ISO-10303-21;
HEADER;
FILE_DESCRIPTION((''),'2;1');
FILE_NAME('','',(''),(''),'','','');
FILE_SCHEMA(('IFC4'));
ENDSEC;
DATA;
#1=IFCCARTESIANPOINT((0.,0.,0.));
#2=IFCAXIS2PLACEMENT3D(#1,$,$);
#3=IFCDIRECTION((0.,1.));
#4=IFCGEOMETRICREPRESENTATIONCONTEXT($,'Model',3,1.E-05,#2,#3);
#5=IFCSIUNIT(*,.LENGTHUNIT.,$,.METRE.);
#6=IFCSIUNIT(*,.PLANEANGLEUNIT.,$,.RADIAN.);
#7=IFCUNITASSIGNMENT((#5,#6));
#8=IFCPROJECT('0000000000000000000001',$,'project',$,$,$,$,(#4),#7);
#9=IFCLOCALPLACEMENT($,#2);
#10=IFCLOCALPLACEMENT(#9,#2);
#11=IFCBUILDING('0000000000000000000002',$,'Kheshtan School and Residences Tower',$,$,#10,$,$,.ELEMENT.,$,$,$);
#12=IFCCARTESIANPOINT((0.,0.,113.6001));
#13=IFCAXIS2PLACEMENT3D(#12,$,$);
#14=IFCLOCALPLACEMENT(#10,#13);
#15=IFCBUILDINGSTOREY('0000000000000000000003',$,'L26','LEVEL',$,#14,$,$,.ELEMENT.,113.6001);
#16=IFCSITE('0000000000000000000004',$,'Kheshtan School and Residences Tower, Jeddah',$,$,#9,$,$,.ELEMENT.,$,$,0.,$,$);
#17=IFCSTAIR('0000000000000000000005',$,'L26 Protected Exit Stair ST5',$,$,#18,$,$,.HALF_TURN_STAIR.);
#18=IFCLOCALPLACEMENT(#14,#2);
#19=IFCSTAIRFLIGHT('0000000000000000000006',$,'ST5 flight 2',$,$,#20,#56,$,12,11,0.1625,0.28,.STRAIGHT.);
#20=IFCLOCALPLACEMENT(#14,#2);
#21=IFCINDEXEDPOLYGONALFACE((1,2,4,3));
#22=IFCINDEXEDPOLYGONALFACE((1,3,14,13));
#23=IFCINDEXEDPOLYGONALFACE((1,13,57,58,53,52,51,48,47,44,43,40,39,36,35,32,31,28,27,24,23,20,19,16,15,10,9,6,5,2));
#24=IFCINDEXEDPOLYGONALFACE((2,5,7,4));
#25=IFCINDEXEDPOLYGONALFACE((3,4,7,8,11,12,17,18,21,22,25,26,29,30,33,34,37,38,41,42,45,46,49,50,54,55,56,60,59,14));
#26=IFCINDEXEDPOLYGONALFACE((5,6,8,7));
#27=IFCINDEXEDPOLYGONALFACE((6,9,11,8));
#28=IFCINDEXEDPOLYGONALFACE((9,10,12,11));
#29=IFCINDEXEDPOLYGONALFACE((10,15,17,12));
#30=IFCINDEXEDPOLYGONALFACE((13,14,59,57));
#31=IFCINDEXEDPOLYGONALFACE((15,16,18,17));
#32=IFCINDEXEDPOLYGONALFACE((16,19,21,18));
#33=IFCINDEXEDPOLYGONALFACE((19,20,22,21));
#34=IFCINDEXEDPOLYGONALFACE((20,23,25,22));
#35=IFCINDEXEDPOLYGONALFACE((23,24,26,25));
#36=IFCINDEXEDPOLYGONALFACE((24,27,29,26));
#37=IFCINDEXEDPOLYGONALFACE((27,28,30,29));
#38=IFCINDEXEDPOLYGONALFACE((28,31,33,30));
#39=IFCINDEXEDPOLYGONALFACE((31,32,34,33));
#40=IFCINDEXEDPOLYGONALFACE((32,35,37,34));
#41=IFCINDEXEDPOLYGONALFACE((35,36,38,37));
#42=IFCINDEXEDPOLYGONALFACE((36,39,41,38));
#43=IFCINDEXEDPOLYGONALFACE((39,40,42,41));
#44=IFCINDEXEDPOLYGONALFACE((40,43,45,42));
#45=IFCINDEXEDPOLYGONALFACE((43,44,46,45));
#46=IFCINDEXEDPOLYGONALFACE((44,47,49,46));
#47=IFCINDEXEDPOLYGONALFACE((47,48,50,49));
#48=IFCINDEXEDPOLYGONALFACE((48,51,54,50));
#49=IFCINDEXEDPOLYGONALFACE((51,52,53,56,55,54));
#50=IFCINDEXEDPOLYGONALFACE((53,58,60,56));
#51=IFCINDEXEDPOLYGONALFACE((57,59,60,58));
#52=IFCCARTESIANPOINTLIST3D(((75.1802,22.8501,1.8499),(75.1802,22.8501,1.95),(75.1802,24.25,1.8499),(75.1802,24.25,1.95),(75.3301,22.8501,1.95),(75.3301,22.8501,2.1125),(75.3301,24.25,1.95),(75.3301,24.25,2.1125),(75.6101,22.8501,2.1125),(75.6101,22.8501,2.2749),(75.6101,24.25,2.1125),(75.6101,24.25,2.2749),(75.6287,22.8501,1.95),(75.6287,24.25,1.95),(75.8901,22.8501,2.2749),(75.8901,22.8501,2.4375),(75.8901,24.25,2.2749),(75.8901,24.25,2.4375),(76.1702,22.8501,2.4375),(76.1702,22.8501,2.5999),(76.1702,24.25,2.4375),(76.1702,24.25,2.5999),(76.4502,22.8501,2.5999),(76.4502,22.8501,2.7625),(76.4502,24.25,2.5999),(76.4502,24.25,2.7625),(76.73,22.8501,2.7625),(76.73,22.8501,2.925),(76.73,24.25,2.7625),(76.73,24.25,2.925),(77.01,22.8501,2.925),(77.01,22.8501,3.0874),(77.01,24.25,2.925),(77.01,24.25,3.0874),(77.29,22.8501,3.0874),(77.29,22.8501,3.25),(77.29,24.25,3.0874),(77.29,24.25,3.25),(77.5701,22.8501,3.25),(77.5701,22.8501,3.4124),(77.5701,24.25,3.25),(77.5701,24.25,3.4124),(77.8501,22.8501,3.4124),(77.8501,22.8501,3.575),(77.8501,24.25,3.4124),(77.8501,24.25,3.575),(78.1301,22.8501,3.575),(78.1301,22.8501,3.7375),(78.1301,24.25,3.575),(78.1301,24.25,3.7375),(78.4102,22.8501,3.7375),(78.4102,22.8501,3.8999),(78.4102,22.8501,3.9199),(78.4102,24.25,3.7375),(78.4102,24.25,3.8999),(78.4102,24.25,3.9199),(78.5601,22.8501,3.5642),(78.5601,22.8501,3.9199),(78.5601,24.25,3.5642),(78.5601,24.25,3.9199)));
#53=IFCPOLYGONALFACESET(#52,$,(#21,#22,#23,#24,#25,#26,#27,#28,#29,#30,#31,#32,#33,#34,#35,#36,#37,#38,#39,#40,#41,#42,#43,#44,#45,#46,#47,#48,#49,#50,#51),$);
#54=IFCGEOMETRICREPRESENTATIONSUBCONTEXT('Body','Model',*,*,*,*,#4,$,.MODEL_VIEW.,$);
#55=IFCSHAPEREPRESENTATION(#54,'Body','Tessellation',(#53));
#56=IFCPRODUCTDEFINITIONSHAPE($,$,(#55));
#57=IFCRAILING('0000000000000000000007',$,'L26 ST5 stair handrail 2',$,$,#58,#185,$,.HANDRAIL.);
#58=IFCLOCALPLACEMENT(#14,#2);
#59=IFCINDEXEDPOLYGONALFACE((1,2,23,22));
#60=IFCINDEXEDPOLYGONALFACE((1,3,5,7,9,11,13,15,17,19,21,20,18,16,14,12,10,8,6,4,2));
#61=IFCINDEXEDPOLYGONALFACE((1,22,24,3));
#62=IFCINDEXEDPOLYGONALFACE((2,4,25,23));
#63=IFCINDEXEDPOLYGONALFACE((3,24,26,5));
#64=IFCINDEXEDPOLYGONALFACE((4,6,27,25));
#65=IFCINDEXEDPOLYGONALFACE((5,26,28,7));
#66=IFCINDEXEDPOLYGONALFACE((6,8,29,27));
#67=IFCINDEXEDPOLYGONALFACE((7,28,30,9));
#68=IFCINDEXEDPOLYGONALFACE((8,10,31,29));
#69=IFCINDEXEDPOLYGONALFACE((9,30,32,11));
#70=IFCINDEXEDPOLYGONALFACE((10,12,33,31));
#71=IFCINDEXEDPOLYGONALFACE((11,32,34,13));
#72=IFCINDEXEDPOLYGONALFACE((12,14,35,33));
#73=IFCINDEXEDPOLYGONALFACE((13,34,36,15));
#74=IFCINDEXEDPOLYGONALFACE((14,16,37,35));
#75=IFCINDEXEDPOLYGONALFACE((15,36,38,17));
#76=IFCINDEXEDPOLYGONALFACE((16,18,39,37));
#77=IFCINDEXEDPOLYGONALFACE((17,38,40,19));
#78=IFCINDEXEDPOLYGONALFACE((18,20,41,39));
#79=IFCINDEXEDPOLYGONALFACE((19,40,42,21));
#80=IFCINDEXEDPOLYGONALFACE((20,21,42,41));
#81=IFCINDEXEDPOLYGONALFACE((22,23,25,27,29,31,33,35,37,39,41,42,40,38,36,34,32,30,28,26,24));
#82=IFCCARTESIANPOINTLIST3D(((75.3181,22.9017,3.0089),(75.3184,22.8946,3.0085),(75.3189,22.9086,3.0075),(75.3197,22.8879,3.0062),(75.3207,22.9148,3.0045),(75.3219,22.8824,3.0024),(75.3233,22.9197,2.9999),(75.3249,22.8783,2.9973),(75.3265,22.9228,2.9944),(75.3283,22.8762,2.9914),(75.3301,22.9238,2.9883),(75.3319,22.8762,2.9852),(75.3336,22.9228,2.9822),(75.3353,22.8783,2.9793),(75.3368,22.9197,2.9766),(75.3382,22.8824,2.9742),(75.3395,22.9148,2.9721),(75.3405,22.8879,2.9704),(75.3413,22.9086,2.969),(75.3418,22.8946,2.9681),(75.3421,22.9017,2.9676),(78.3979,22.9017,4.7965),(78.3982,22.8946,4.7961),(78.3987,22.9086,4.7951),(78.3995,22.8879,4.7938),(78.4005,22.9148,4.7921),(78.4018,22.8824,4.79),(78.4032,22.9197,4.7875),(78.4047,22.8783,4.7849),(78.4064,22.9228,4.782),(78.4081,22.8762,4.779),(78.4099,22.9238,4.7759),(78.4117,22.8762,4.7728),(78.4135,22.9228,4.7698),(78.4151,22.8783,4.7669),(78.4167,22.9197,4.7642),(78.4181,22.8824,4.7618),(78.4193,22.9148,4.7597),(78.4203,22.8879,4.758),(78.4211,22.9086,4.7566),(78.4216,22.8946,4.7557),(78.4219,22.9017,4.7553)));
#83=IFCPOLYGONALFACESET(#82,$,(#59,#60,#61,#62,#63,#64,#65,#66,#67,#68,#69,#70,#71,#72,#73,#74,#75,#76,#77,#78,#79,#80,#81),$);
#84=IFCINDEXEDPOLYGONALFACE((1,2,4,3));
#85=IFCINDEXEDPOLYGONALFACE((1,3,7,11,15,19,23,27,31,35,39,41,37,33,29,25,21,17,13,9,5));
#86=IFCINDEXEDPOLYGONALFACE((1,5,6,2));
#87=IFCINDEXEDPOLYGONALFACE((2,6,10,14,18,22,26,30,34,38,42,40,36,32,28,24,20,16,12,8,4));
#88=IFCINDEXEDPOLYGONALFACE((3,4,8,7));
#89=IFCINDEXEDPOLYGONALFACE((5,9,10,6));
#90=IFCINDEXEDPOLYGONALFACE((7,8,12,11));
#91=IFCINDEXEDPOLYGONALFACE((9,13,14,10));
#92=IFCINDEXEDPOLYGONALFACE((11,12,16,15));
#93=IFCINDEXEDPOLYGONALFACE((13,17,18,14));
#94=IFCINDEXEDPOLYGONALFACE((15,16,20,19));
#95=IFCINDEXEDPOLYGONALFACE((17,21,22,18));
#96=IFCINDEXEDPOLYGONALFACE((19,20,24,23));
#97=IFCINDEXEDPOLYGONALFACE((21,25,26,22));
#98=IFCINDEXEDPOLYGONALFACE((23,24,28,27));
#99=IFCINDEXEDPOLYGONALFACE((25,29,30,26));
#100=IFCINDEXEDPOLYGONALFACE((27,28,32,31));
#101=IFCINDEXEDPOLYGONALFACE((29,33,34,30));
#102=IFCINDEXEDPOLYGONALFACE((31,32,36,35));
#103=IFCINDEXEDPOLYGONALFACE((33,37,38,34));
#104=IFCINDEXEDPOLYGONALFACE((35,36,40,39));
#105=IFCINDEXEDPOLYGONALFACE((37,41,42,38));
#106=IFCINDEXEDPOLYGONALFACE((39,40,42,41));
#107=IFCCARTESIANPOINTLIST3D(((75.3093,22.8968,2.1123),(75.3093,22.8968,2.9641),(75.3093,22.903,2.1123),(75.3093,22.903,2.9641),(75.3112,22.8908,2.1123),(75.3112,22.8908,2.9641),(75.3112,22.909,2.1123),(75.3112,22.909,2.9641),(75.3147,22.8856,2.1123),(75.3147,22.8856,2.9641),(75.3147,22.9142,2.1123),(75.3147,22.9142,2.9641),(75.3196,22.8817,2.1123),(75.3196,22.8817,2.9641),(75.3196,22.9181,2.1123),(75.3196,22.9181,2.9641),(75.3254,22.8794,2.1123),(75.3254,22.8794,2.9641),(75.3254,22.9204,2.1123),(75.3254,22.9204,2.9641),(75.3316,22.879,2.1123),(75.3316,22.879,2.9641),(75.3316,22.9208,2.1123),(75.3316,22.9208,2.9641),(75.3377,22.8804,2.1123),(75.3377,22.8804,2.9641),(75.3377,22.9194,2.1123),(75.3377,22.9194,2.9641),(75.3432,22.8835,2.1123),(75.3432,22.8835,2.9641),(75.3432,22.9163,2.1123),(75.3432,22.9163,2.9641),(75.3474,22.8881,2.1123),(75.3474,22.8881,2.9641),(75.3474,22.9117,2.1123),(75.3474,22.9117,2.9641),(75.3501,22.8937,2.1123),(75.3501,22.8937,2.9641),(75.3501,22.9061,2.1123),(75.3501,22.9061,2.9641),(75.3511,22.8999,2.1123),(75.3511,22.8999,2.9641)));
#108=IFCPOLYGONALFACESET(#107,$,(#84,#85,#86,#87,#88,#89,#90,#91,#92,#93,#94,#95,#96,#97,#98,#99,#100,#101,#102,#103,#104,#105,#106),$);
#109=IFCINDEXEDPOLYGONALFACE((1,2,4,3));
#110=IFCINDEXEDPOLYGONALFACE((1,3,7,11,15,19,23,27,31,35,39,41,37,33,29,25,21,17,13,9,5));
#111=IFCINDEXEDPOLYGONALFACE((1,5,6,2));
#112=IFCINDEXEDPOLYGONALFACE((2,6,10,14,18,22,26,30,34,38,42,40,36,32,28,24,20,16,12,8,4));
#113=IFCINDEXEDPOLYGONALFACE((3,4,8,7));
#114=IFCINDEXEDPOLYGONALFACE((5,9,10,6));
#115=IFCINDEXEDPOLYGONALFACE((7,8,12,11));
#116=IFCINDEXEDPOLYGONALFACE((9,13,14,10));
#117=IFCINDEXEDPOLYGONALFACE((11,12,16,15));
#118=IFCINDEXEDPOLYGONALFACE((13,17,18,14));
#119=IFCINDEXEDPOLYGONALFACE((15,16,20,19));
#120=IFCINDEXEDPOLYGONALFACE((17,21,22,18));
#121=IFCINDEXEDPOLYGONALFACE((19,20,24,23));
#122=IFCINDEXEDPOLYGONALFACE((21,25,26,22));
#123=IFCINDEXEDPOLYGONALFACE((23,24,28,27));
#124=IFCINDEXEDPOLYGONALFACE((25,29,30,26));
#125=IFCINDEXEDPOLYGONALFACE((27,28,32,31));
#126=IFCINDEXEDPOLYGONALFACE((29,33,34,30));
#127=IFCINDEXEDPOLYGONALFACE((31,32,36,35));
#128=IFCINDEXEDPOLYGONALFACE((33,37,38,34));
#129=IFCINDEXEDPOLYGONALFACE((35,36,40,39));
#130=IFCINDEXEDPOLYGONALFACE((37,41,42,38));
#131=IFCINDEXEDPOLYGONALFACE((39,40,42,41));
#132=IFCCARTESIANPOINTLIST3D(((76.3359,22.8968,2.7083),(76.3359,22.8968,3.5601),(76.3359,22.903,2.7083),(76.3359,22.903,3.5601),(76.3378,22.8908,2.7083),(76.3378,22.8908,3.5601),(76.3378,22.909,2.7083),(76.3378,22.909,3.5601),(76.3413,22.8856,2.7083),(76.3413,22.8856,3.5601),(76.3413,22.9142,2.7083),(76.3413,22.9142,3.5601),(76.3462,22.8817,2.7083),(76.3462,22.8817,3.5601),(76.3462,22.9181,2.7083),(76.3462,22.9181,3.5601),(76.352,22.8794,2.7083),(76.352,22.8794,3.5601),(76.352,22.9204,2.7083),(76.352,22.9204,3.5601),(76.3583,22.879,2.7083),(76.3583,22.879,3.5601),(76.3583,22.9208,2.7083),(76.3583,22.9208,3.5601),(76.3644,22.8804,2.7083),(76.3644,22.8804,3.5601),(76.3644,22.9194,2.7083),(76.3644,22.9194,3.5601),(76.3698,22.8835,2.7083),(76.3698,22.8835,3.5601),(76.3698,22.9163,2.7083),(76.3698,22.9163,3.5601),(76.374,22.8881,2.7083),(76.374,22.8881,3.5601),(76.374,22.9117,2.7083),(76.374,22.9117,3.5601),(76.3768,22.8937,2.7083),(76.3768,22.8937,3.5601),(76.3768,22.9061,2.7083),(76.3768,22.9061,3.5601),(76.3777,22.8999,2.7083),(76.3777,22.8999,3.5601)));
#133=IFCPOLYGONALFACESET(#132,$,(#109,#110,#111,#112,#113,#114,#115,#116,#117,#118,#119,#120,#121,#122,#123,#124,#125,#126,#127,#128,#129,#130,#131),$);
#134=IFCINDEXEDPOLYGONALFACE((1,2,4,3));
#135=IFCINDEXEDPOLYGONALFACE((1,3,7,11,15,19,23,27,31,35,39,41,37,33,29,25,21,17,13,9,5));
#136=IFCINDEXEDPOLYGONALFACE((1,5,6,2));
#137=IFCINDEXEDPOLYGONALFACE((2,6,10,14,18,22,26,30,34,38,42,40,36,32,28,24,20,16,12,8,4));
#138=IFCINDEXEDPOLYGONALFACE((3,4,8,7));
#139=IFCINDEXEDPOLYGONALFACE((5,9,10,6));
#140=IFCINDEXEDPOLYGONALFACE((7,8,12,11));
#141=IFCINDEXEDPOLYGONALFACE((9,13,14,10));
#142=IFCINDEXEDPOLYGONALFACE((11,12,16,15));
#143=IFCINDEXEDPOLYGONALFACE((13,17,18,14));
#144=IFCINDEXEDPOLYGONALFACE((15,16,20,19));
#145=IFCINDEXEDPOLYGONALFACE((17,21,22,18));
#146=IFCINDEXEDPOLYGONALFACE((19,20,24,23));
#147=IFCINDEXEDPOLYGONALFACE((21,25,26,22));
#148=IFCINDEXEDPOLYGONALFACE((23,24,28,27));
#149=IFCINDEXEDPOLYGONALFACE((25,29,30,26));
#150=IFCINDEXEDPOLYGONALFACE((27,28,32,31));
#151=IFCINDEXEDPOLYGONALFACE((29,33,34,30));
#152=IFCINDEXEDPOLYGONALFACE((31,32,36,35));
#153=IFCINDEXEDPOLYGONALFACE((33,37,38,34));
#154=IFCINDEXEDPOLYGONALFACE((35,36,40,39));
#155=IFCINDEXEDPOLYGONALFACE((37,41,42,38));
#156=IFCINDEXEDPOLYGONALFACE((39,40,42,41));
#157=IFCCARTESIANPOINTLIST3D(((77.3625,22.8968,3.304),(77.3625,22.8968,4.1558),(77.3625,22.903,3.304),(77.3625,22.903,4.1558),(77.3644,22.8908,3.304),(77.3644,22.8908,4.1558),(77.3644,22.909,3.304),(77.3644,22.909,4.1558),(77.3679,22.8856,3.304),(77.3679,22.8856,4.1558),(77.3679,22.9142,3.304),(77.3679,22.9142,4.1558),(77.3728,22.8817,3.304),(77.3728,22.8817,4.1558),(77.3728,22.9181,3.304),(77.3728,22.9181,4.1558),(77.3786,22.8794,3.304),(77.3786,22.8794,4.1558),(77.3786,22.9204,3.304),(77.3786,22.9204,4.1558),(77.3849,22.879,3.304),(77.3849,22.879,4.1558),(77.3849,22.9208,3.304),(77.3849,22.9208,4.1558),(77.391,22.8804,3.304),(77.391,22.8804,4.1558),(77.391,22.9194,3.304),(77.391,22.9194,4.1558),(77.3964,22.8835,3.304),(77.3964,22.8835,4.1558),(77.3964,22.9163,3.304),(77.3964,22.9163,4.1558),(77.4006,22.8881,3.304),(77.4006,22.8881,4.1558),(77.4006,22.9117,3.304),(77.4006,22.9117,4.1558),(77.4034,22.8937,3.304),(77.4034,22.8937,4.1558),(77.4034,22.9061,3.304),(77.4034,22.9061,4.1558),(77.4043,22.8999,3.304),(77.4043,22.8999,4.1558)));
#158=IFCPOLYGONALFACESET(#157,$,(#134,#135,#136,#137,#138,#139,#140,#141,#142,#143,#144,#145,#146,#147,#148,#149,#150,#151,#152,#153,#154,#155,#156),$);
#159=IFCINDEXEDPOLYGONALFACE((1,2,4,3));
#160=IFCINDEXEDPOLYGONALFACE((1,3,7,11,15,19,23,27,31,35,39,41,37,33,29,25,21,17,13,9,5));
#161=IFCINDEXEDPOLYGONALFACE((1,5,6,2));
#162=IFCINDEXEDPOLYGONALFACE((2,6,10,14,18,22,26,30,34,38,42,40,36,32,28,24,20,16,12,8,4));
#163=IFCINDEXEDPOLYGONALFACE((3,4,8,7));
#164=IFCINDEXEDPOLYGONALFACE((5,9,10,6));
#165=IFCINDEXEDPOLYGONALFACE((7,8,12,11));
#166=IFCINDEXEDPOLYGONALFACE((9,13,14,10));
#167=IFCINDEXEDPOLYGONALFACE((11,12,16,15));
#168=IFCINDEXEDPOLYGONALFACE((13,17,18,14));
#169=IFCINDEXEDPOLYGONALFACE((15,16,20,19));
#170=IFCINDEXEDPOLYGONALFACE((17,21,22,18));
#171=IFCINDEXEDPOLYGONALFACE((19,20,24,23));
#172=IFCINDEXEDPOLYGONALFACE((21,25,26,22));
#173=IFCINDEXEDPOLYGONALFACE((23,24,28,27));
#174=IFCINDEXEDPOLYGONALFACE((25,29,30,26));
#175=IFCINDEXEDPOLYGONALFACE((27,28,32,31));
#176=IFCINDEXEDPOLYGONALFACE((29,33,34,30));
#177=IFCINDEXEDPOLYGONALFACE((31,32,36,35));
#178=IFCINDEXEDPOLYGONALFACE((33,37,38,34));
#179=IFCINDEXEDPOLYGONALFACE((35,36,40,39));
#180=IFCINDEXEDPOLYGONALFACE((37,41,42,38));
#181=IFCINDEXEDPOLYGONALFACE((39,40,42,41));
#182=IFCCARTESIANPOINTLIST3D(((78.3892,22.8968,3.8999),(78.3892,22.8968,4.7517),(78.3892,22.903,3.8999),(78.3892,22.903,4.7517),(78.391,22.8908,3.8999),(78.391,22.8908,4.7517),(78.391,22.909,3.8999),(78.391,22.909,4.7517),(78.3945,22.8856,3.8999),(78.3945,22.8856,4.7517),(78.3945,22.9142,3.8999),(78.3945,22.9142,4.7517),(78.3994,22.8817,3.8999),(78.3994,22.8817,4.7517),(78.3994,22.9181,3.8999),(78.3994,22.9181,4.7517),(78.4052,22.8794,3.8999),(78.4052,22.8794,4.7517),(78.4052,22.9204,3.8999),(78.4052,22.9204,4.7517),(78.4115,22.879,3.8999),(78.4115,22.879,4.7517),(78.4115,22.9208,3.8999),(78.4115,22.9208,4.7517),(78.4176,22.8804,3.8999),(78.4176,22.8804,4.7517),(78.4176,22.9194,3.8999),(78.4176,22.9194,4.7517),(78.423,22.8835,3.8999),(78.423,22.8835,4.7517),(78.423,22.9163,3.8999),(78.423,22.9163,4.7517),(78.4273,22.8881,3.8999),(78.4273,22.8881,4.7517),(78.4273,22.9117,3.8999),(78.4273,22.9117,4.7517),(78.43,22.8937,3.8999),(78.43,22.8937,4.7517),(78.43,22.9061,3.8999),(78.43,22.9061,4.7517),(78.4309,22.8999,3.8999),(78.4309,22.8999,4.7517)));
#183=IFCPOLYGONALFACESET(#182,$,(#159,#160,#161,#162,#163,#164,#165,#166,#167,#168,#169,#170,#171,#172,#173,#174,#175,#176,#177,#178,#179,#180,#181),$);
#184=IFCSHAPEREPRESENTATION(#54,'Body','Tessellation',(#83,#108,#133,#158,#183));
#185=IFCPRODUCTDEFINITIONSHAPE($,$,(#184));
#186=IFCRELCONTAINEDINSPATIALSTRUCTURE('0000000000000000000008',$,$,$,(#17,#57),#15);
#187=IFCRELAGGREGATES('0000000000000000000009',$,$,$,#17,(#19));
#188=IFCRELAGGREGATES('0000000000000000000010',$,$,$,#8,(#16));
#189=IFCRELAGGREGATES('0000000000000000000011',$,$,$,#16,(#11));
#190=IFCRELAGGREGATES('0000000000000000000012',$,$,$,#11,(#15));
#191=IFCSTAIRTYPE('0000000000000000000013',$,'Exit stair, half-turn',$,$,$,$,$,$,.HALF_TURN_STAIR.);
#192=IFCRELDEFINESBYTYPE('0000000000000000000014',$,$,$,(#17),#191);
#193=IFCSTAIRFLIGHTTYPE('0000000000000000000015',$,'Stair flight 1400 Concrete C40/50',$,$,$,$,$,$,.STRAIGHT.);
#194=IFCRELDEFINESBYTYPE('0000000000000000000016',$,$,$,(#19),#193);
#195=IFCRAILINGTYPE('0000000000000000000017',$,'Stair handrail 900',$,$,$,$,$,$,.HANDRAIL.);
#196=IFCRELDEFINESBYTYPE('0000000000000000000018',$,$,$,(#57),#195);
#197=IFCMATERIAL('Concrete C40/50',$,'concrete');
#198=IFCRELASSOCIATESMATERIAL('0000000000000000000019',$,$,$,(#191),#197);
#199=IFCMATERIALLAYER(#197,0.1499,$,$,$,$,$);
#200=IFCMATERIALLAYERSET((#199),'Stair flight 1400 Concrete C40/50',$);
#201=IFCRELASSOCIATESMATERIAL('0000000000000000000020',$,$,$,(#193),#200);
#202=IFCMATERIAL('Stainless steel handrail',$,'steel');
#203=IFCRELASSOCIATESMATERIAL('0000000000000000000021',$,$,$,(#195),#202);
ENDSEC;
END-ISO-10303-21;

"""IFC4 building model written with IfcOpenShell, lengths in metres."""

from ifc_helpers import new_model, si_unit, direction, frame, origin, origin_2d, place, context, subcontext, project, spatial, polyline, circle, outline, extrude, material, layer, layer_set, type_object, element, aggregate, save


model = new_model("IFC4")

# Units and contexts
model_context = context("Model", 3, precision=1e-05, world=origin(), true_north=direction((0.0, 1.0)))
body_context = subcontext(model_context, "Body", "Model", "MODEL_VIEW")
ifc_project = project(units=[si_unit("LENGTHUNIT", "METRE"), si_unit("PLANEANGLEUNIT", "RADIAN")], contexts=[model_context])

# Site, building, storey
site_placement = place(None, origin())
site = spatial("IfcSite", under=ifc_project, at=site_placement, Name="Kheshtan School and Residences Tower, Jeddah", CompositionType="ELEMENT", RefElevation=0.0)
building_placement = place(site_placement, origin())
building = spatial("IfcBuilding", under=site, at=building_placement, Name="Kheshtan School and Residences Tower", CompositionType="ELEMENT")
storey_placement = place(building_placement, frame((0.0, 0.0, 113.6001)))
storey = spatial("IfcBuildingStorey", under=building, at=storey_placement, Name="L26", Description="LEVEL", CompositionType="ELEMENT", Elevation=113.6001)

# Shared definitions
ifc_material_1 = material(Name="Concrete C40/50", Category="concrete")

# Stair, stair flight
stair_type = type_object("IfcStairType", Name="Exit stair, half-turn", PredefinedType="HALF_TURN_STAIR", material=ifc_material_1)
stair_placement = place(storey_placement, origin())
stair = element("IfcStair", 1, at=stair_placement, inside=storey, type_object=stair_type, Name="L26 Protected Exit Stair ST5", PredefinedType="HALF_TURN_STAIR")
ifc_layer_1 = layer(ifc_material_1, 0.1499)
ifc_layer_set_1 = layer_set([ifc_layer_1], Name="Stair flight 1400 Concrete C40/50")
stair_flight_type = type_object("IfcStairFlightType", Name="Stair flight 1400 Concrete C40/50", PredefinedType="STRAIGHT", material=ifc_layer_set_1)
stair_flight_placement = place(storey_placement, frame((75.3301, 23.55, 1.95), z_axis=(0.0, 0.0, 1.0), x_axis=(1.0, 0.0, 0.0)))
stair_flight = element("IfcStairFlight", 2, at=stair_flight_placement, type_object=stair_flight_type, Name="ST5 flight 2", NumberOfRisers=12, NumberOfTreads=11, PredefinedType="STRAIGHT", RiserHeight=0.1625, TreadLength=0.28, context=body_context, shape_type="SweptSolid", body=[
    extrude(outline(polyline([(-0.1499, -0.1001), (-0.1499, 0.0), (0.0, 0.0), (0.0, 0.1626), (0.28, 0.1626), (0.28, 0.325), (0.5601, 0.325), (0.5601, 0.4875), (0.8401, 0.4875), (0.8401, 0.6499), (1.1201, 0.6499), (1.1201, 0.8125), (1.3999, 0.8125), (1.3999, 0.9751), (1.6799, 0.9751), (1.6799, 1.1375), (1.96, 1.1375), (1.96, 1.3), (2.24, 1.3), (2.24, 1.4624), (2.52, 1.4624), (2.52, 1.625), (2.8, 1.625), (2.8, 1.7876), (3.0801, 1.7876), (3.0801, 1.95), (3.0801, 1.97), (3.23, 1.97), (3.23, 1.6143), (0.2986, 0.0), (-0.1499, -0.1001)])), frame((0.0, 0.7, 0.0), z_axis=(0.0, -1.0, 0.0), x_axis=(1.0, 0.0, 0.0)), (0.0, 0.0, 1.0), 1.3999),
])
aggregate(stair, [stair_flight])

# Railing
ifc_material_2 = material(Name="Stainless steel handrail", Category="steel")
railing_type = type_object("IfcRailingType", Name="Stair handrail 900", PredefinedType="HANDRAIL", material=ifc_material_2)
railing_placement = place(storey_placement, frame((75.3301, 22.8999, 2.1123)))
element("IfcRailing", 3, at=railing_placement, inside=storey, type_object=railing_type, Name="L26 ST5 stair handrail 2", PredefinedType="HANDRAIL", context=body_context, shape_type="SweptSolid", body=[
    extrude(circle(Radius=0.0239, at=origin_2d()), frame((0.0, 0.0, 0.876), z_axis=(0.864873, 0.0, 0.50199), x_axis=(0.0, 1.0, 0.0)), (0.0, 0.0, 1.0), 3.561),
    extrude(circle(Radius=0.021, at=origin_2d()), origin(), (0.0, 0.0, 1.0), 0.8518),
    extrude(circle(Radius=0.021, at=origin_2d()), frame((1.0266, 0.0, 0.5959)), (0.0, 0.0, 1.0), 0.8518),
    extrude(circle(Radius=0.021, at=origin_2d()), frame((2.0532, 0.0, 1.1917)), (0.0, 0.0, 1.0), 0.8518),
    extrude(circle(Radius=0.021, at=origin_2d()), frame((3.0798, 0.0, 1.7876)), (0.0, 0.0, 1.0), 0.8518),
])

save(model, "model.ifc")
